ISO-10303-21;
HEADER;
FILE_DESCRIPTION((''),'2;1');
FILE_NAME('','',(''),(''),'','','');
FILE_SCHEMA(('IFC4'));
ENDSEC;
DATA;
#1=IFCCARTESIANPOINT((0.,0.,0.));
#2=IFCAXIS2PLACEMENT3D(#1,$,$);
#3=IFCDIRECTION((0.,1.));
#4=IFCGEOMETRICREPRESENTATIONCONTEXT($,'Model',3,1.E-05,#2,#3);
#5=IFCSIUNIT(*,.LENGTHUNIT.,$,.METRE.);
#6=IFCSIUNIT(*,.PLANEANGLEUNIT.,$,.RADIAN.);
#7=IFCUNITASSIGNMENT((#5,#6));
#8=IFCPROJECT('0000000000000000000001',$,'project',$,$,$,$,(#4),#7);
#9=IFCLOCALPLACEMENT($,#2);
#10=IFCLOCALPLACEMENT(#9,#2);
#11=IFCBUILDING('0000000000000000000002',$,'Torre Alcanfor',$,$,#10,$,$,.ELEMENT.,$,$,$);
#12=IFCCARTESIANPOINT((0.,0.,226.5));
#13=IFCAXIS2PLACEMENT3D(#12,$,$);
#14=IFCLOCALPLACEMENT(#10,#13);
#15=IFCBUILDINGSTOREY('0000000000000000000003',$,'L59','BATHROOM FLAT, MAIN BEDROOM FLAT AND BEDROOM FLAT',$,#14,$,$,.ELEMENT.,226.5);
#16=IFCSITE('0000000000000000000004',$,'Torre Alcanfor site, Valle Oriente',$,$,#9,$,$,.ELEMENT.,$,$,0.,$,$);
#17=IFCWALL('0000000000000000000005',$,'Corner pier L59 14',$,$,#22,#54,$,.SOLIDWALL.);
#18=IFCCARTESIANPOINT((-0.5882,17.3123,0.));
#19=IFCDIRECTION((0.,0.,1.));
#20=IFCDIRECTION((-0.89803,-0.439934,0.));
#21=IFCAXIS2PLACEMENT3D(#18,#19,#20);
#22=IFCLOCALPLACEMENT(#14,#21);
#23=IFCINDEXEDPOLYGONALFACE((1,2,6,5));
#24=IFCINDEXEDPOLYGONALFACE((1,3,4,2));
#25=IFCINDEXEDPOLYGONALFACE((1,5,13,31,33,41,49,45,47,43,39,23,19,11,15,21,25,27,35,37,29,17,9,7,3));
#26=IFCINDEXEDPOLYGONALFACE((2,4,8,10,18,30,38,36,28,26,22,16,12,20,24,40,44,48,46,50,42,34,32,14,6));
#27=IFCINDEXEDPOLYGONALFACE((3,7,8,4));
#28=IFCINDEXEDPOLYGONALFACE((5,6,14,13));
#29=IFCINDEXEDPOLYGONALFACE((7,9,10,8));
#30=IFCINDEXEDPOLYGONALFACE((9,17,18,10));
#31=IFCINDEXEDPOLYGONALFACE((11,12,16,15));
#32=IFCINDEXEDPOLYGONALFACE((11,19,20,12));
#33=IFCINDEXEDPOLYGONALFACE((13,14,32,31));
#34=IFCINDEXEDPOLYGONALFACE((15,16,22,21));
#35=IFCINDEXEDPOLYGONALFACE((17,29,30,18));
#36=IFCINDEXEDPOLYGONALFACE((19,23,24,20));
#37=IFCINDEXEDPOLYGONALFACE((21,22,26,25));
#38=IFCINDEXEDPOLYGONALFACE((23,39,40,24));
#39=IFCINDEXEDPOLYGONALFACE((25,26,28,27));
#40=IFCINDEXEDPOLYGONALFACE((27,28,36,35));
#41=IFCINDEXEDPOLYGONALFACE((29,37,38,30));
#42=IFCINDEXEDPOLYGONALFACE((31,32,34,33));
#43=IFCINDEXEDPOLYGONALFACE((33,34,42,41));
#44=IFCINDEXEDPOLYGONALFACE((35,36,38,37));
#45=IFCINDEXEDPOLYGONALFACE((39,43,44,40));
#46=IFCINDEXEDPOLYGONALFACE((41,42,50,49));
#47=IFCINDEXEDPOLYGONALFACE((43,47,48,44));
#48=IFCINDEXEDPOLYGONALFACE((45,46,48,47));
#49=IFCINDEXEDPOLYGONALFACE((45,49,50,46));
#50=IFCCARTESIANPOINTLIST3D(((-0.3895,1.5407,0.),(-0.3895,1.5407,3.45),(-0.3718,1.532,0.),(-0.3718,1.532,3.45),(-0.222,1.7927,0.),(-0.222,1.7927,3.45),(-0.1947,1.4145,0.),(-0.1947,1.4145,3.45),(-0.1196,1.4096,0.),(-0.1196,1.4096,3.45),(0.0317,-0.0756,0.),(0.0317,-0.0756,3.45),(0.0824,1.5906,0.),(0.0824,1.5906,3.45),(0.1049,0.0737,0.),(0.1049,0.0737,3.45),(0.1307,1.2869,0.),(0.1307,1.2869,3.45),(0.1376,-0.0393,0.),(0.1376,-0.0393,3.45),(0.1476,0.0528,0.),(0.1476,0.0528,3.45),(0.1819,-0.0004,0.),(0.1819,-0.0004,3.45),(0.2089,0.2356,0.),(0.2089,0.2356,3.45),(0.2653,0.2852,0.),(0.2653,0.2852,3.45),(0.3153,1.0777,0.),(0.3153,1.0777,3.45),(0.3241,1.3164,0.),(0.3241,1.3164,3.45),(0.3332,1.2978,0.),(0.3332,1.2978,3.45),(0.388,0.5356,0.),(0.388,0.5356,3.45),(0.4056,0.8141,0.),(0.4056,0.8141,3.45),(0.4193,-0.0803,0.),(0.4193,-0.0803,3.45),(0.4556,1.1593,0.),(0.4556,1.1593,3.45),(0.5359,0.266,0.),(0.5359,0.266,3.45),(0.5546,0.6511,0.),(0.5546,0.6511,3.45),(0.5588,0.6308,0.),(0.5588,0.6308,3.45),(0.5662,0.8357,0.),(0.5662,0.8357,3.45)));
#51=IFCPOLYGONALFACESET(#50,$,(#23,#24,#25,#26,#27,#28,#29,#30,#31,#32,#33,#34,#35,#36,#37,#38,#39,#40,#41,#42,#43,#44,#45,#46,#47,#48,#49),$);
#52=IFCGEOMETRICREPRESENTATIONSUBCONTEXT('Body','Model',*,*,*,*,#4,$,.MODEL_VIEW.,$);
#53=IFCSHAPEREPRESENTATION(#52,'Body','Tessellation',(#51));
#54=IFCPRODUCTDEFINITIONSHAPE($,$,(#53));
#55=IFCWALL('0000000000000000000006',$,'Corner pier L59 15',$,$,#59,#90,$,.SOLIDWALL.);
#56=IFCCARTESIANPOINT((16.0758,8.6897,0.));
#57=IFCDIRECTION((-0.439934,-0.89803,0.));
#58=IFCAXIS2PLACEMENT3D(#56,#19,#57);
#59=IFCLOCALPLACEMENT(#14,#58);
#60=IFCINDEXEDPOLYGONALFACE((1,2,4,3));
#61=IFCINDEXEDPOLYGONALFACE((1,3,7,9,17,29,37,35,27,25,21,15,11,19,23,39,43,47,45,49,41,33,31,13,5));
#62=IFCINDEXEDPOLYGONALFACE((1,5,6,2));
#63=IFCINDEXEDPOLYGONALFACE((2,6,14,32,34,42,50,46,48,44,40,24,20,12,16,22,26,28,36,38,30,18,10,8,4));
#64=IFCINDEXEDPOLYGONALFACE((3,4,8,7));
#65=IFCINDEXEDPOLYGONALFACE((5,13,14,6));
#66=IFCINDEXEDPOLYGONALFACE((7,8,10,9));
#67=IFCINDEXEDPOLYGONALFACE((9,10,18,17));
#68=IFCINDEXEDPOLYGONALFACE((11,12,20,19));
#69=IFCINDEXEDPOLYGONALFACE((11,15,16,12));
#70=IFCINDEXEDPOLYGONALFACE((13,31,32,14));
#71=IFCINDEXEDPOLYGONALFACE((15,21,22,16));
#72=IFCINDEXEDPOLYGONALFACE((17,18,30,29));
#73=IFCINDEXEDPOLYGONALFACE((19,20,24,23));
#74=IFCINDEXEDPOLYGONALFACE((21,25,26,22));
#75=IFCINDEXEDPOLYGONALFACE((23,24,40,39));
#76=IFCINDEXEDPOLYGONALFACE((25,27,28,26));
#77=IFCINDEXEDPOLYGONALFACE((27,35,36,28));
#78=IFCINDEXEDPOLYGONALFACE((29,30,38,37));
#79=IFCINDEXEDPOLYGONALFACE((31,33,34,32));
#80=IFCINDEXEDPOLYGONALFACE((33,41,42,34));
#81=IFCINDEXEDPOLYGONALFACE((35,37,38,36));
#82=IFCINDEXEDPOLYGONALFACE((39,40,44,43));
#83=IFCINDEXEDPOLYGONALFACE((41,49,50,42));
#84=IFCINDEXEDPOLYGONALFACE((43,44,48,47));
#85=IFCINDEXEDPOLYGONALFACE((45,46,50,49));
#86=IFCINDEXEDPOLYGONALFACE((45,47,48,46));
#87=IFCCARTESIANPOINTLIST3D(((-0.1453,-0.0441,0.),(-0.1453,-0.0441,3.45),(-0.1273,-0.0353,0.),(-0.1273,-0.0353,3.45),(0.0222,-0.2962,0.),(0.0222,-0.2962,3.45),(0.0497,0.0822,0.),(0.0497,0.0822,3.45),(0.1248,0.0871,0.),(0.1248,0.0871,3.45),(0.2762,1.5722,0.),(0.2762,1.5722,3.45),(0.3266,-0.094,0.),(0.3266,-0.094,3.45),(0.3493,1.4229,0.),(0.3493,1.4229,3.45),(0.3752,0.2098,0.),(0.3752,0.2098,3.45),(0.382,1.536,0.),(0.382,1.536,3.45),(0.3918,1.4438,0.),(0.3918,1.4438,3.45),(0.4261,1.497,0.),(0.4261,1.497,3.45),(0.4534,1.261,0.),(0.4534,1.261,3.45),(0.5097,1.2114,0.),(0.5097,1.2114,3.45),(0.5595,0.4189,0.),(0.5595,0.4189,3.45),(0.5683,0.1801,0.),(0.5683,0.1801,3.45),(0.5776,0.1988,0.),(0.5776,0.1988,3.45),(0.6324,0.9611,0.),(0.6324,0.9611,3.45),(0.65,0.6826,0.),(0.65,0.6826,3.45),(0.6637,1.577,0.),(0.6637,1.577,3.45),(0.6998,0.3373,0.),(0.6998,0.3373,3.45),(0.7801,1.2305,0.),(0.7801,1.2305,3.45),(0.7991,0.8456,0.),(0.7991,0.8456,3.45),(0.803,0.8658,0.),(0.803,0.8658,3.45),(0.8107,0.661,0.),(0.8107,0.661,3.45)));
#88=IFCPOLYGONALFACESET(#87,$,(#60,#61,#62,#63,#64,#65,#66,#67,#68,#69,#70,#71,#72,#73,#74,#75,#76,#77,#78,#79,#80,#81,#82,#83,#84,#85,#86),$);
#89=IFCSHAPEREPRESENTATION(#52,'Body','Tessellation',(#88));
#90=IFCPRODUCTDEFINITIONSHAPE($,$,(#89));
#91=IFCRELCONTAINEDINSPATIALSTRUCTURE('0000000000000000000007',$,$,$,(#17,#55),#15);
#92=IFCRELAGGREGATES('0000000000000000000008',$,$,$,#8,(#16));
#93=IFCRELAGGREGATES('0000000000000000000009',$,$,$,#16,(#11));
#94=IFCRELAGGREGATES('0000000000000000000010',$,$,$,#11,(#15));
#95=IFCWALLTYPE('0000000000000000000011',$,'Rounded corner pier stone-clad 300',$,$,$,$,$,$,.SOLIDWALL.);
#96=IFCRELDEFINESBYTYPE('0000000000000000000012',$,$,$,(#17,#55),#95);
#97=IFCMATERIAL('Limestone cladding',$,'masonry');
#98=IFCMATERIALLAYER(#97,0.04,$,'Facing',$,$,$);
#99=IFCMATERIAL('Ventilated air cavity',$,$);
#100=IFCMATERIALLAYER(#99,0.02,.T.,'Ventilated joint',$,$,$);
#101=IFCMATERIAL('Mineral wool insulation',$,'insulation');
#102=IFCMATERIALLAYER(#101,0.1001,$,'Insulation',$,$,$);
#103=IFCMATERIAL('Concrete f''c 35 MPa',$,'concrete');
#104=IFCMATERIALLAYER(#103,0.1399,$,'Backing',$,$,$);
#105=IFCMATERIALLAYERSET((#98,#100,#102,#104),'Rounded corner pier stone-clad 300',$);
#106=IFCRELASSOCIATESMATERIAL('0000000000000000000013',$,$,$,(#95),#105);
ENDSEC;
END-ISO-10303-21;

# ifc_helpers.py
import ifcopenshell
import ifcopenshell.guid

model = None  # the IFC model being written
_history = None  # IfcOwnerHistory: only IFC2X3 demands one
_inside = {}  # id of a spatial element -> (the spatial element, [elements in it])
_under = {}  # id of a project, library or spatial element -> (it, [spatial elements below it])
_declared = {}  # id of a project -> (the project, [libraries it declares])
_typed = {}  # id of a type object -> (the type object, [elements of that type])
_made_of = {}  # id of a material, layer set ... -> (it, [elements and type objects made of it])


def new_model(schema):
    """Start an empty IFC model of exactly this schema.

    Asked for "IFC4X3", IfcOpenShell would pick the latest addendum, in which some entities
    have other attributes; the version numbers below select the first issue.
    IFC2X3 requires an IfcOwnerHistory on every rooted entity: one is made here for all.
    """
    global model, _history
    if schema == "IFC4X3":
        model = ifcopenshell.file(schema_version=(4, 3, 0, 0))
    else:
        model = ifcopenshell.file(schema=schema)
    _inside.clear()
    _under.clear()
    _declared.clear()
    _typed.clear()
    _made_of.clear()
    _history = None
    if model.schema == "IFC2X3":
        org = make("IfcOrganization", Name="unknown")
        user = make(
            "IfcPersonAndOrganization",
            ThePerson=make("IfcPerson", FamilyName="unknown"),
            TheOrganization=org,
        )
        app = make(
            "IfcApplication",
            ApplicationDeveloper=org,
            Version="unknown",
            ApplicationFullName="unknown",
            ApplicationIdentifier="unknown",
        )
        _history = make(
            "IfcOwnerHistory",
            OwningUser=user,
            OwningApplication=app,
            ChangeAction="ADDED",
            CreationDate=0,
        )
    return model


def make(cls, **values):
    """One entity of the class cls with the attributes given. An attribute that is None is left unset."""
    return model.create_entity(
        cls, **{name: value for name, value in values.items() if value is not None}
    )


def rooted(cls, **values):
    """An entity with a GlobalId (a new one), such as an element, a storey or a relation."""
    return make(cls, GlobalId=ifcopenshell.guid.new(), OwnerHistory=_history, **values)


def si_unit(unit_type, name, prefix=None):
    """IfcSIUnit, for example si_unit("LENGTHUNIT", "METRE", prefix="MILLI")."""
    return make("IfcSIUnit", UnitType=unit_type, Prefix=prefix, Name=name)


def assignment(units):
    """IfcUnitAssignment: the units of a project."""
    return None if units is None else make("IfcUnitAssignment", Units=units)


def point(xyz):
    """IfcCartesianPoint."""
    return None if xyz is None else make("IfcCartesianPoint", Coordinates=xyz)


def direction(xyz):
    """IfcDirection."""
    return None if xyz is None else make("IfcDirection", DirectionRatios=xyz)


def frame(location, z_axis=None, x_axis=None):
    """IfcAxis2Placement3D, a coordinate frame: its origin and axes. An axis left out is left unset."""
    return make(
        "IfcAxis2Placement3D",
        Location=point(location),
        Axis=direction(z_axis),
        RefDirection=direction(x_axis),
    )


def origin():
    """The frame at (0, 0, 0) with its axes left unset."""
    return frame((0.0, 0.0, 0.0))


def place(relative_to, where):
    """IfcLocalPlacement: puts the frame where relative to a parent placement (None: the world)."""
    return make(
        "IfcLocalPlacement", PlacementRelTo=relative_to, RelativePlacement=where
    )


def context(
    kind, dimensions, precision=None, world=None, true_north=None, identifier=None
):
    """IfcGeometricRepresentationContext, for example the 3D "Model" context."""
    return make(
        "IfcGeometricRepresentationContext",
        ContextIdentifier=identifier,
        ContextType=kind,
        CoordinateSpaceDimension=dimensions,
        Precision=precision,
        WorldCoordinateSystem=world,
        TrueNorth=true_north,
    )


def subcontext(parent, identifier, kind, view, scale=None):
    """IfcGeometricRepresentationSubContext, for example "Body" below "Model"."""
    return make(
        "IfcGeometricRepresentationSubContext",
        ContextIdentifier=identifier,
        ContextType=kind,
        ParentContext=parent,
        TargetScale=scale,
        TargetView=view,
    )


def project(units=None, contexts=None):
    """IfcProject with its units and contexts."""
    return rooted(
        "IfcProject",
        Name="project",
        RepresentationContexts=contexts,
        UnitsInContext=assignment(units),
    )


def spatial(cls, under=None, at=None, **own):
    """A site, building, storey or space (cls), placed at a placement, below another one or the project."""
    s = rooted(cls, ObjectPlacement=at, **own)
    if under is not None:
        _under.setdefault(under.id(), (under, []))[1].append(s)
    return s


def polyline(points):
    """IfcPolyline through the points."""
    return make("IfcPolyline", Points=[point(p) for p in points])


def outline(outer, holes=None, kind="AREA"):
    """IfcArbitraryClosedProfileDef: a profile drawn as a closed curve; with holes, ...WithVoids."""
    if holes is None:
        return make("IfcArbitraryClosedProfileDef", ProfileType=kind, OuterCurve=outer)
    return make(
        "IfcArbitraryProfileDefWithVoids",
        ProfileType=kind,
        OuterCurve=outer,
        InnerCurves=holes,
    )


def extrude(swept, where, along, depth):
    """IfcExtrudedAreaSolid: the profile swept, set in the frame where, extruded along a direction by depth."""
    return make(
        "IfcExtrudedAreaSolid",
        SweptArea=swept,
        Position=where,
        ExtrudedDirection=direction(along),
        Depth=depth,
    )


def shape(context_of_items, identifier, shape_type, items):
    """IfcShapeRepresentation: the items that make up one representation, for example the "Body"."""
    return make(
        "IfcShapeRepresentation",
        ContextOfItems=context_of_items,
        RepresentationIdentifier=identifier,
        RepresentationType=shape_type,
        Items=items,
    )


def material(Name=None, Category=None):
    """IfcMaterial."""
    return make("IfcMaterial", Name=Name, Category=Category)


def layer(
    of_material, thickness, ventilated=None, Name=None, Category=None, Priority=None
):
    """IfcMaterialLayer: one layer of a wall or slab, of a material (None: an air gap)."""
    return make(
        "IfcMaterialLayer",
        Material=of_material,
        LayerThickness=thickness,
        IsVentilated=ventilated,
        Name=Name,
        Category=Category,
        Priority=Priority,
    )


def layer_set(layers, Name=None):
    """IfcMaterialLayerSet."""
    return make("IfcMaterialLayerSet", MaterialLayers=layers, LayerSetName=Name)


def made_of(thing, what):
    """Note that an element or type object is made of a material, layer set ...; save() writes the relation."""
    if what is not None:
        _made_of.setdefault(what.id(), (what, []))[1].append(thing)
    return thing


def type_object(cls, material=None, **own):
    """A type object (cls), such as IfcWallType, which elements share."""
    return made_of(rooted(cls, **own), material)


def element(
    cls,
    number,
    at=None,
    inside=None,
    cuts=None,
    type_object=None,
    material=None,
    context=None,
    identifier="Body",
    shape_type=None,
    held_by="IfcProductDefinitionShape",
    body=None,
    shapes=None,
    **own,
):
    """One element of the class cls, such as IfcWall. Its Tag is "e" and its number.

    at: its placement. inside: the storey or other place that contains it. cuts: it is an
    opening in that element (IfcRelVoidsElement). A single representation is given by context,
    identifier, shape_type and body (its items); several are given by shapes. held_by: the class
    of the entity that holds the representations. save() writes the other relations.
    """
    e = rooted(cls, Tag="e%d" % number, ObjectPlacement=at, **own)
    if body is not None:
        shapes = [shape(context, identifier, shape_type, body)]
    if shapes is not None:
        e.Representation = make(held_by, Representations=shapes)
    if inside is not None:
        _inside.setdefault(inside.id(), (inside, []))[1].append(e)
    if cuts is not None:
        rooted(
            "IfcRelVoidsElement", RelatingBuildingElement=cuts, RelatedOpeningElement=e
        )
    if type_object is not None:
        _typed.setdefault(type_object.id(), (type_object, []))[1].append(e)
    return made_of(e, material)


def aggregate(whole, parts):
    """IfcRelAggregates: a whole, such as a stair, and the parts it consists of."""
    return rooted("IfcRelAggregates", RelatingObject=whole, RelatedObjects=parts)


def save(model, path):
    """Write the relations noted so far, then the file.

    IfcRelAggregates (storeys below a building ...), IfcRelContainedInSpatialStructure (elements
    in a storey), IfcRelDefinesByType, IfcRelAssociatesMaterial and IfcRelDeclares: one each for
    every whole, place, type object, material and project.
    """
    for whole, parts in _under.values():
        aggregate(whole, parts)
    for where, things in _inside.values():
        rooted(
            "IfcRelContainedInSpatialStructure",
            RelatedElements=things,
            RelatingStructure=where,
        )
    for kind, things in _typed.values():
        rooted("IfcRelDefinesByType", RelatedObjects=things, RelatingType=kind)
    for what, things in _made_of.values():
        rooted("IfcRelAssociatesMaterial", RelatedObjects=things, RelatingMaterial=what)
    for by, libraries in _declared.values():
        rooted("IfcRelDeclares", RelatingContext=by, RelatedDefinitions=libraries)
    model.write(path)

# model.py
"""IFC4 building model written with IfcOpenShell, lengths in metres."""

from ifc_helpers import new_model, si_unit, direction, frame, origin, place, context, subcontext, project, spatial, polyline, outline, extrude, material, layer, layer_set, type_object, element, save


model = new_model("IFC4")

# Units and contexts
model_context = context("Model", 3, precision=1e-05, world=origin(), true_north=direction((0.0, 1.0)))
body_context = subcontext(model_context, "Body", "Model", "MODEL_VIEW")
ifc_project = project(units=[si_unit("LENGTHUNIT", "METRE"), si_unit("PLANEANGLEUNIT", "RADIAN")], contexts=[model_context])

# Site, building, storey
site_placement = place(None, origin())
site = spatial("IfcSite", under=ifc_project, at=site_placement, Name="Torre Alcanfor site, Valle Oriente", CompositionType="ELEMENT", RefElevation=0.0)
building_placement = place(site_placement, origin())
building = spatial("IfcBuilding", under=site, at=building_placement, Name="Torre Alcanfor", CompositionType="ELEMENT")
storey_placement = place(building_placement, frame((0.0, 0.0, 226.5)))
storey = spatial("IfcBuildingStorey", under=building, at=storey_placement, Name="L59", Description="BATHROOM FLAT, MAIN BEDROOM FLAT AND BEDROOM FLAT", CompositionType="ELEMENT", Elevation=226.5)

# Shared definitions
ifc_material_1 = material(Name="Limestone cladding", Category="masonry")
ifc_material_2 = material(Name="Ventilated air cavity")
ifc_material_3 = material(Name="Mineral wool insulation", Category="insulation")
ifc_material_4 = material(Name="Concrete f'c 35 MPa", Category="concrete")

# Walls
ifc_layer_1 = layer(ifc_material_1, 0.04, Name="Facing")
ifc_layer_2 = layer(ifc_material_2, 0.02, ventilated=True, Name="Ventilated joint")
ifc_layer_3 = layer(ifc_material_3, 0.1001, Name="Insulation")
ifc_layer_4 = layer(ifc_material_4, 0.1399, Name="Backing")
ifc_layer_set_1 = layer_set([ifc_layer_1, ifc_layer_2, ifc_layer_3, ifc_layer_4], Name="Rounded corner pier stone-clad 300")
wall_type_1 = type_object("IfcWallType", Name="Rounded corner pier stone-clad 300", PredefinedType="SOLIDWALL", material=ifc_layer_set_1)
wall_1_placement = place(storey_placement, frame((-0.5882, 17.3123, 0.0), z_axis=(0.0, 0.0, 1.0), x_axis=(-0.89803, -0.439934, 0.0)))
element("IfcWall", 1, at=wall_1_placement, inside=storey, type_object=wall_type_1, Name="Corner pier L59 14", PredefinedType="SOLIDWALL", context=body_context, shape_type="SweptSolid", body=[
    extrude(outline(polyline([(-0.222, 1.7927), (-0.3895, 1.5407), (-0.3718, 1.532), (-0.1947, 1.4145), (-0.1196, 1.4096), (0.1307, 1.2869), (0.3153, 1.0777), (0.4056, 0.8141), (0.388, 0.5356), (0.2653, 0.2852), (0.2089, 0.2356), (0.1476, 0.0528), (0.1049, 0.0737), (0.0317, -0.0756), (0.1376, -0.0393), (0.1819, -0.0004), (0.4193, -0.0803), (0.5359, 0.266), (0.5588, 0.6308), (0.5546, 0.6511), (0.5662, 0.8357), (0.4556, 1.1593), (0.3332, 1.2978), (0.3241, 1.3164), (0.0824, 1.5906), (-0.222, 1.7927)])), origin(), (0.0, 0.0, 1.0), 3.45),
])
wall_2_placement = place(storey_placement, frame((16.0758, 8.6897, 0.0), z_axis=(0.0, 0.0, 1.0), x_axis=(-0.439934, -0.89803, 0.0)))
element("IfcWall", 2, at=wall_2_placement, inside=storey, type_object=wall_type_1, Name="Corner pier L59 15", PredefinedType="SOLIDWALL", context=body_context, shape_type="SweptSolid", body=[
    extrude(outline(polyline([(0.6637, 1.577), (0.4261, 1.497), (0.382, 1.536), (0.2762, 1.5722), (0.3493, 1.4229), (0.3918, 1.4438), (0.4534, 1.261), (0.5097, 1.2114), (0.6324, 0.9611), (0.65, 0.6826), (0.5595, 0.4189), (0.3752, 0.2098), (0.1248, 0.0871), (0.0497, 0.0822), (-0.1273, -0.0353), (-0.1453, -0.0441), (0.0222, -0.2962), (0.3266, -0.094), (0.5683, 0.1801), (0.5776, 0.1988), (0.6998, 0.3373), (0.8107, 0.661), (0.7991, 0.8456), (0.803, 0.8658), (0.7801, 1.2305), (0.6637, 1.577)])), origin(), (0.0, 0.0, 1.0), 3.45),
])

save(model, "model.ifc")
